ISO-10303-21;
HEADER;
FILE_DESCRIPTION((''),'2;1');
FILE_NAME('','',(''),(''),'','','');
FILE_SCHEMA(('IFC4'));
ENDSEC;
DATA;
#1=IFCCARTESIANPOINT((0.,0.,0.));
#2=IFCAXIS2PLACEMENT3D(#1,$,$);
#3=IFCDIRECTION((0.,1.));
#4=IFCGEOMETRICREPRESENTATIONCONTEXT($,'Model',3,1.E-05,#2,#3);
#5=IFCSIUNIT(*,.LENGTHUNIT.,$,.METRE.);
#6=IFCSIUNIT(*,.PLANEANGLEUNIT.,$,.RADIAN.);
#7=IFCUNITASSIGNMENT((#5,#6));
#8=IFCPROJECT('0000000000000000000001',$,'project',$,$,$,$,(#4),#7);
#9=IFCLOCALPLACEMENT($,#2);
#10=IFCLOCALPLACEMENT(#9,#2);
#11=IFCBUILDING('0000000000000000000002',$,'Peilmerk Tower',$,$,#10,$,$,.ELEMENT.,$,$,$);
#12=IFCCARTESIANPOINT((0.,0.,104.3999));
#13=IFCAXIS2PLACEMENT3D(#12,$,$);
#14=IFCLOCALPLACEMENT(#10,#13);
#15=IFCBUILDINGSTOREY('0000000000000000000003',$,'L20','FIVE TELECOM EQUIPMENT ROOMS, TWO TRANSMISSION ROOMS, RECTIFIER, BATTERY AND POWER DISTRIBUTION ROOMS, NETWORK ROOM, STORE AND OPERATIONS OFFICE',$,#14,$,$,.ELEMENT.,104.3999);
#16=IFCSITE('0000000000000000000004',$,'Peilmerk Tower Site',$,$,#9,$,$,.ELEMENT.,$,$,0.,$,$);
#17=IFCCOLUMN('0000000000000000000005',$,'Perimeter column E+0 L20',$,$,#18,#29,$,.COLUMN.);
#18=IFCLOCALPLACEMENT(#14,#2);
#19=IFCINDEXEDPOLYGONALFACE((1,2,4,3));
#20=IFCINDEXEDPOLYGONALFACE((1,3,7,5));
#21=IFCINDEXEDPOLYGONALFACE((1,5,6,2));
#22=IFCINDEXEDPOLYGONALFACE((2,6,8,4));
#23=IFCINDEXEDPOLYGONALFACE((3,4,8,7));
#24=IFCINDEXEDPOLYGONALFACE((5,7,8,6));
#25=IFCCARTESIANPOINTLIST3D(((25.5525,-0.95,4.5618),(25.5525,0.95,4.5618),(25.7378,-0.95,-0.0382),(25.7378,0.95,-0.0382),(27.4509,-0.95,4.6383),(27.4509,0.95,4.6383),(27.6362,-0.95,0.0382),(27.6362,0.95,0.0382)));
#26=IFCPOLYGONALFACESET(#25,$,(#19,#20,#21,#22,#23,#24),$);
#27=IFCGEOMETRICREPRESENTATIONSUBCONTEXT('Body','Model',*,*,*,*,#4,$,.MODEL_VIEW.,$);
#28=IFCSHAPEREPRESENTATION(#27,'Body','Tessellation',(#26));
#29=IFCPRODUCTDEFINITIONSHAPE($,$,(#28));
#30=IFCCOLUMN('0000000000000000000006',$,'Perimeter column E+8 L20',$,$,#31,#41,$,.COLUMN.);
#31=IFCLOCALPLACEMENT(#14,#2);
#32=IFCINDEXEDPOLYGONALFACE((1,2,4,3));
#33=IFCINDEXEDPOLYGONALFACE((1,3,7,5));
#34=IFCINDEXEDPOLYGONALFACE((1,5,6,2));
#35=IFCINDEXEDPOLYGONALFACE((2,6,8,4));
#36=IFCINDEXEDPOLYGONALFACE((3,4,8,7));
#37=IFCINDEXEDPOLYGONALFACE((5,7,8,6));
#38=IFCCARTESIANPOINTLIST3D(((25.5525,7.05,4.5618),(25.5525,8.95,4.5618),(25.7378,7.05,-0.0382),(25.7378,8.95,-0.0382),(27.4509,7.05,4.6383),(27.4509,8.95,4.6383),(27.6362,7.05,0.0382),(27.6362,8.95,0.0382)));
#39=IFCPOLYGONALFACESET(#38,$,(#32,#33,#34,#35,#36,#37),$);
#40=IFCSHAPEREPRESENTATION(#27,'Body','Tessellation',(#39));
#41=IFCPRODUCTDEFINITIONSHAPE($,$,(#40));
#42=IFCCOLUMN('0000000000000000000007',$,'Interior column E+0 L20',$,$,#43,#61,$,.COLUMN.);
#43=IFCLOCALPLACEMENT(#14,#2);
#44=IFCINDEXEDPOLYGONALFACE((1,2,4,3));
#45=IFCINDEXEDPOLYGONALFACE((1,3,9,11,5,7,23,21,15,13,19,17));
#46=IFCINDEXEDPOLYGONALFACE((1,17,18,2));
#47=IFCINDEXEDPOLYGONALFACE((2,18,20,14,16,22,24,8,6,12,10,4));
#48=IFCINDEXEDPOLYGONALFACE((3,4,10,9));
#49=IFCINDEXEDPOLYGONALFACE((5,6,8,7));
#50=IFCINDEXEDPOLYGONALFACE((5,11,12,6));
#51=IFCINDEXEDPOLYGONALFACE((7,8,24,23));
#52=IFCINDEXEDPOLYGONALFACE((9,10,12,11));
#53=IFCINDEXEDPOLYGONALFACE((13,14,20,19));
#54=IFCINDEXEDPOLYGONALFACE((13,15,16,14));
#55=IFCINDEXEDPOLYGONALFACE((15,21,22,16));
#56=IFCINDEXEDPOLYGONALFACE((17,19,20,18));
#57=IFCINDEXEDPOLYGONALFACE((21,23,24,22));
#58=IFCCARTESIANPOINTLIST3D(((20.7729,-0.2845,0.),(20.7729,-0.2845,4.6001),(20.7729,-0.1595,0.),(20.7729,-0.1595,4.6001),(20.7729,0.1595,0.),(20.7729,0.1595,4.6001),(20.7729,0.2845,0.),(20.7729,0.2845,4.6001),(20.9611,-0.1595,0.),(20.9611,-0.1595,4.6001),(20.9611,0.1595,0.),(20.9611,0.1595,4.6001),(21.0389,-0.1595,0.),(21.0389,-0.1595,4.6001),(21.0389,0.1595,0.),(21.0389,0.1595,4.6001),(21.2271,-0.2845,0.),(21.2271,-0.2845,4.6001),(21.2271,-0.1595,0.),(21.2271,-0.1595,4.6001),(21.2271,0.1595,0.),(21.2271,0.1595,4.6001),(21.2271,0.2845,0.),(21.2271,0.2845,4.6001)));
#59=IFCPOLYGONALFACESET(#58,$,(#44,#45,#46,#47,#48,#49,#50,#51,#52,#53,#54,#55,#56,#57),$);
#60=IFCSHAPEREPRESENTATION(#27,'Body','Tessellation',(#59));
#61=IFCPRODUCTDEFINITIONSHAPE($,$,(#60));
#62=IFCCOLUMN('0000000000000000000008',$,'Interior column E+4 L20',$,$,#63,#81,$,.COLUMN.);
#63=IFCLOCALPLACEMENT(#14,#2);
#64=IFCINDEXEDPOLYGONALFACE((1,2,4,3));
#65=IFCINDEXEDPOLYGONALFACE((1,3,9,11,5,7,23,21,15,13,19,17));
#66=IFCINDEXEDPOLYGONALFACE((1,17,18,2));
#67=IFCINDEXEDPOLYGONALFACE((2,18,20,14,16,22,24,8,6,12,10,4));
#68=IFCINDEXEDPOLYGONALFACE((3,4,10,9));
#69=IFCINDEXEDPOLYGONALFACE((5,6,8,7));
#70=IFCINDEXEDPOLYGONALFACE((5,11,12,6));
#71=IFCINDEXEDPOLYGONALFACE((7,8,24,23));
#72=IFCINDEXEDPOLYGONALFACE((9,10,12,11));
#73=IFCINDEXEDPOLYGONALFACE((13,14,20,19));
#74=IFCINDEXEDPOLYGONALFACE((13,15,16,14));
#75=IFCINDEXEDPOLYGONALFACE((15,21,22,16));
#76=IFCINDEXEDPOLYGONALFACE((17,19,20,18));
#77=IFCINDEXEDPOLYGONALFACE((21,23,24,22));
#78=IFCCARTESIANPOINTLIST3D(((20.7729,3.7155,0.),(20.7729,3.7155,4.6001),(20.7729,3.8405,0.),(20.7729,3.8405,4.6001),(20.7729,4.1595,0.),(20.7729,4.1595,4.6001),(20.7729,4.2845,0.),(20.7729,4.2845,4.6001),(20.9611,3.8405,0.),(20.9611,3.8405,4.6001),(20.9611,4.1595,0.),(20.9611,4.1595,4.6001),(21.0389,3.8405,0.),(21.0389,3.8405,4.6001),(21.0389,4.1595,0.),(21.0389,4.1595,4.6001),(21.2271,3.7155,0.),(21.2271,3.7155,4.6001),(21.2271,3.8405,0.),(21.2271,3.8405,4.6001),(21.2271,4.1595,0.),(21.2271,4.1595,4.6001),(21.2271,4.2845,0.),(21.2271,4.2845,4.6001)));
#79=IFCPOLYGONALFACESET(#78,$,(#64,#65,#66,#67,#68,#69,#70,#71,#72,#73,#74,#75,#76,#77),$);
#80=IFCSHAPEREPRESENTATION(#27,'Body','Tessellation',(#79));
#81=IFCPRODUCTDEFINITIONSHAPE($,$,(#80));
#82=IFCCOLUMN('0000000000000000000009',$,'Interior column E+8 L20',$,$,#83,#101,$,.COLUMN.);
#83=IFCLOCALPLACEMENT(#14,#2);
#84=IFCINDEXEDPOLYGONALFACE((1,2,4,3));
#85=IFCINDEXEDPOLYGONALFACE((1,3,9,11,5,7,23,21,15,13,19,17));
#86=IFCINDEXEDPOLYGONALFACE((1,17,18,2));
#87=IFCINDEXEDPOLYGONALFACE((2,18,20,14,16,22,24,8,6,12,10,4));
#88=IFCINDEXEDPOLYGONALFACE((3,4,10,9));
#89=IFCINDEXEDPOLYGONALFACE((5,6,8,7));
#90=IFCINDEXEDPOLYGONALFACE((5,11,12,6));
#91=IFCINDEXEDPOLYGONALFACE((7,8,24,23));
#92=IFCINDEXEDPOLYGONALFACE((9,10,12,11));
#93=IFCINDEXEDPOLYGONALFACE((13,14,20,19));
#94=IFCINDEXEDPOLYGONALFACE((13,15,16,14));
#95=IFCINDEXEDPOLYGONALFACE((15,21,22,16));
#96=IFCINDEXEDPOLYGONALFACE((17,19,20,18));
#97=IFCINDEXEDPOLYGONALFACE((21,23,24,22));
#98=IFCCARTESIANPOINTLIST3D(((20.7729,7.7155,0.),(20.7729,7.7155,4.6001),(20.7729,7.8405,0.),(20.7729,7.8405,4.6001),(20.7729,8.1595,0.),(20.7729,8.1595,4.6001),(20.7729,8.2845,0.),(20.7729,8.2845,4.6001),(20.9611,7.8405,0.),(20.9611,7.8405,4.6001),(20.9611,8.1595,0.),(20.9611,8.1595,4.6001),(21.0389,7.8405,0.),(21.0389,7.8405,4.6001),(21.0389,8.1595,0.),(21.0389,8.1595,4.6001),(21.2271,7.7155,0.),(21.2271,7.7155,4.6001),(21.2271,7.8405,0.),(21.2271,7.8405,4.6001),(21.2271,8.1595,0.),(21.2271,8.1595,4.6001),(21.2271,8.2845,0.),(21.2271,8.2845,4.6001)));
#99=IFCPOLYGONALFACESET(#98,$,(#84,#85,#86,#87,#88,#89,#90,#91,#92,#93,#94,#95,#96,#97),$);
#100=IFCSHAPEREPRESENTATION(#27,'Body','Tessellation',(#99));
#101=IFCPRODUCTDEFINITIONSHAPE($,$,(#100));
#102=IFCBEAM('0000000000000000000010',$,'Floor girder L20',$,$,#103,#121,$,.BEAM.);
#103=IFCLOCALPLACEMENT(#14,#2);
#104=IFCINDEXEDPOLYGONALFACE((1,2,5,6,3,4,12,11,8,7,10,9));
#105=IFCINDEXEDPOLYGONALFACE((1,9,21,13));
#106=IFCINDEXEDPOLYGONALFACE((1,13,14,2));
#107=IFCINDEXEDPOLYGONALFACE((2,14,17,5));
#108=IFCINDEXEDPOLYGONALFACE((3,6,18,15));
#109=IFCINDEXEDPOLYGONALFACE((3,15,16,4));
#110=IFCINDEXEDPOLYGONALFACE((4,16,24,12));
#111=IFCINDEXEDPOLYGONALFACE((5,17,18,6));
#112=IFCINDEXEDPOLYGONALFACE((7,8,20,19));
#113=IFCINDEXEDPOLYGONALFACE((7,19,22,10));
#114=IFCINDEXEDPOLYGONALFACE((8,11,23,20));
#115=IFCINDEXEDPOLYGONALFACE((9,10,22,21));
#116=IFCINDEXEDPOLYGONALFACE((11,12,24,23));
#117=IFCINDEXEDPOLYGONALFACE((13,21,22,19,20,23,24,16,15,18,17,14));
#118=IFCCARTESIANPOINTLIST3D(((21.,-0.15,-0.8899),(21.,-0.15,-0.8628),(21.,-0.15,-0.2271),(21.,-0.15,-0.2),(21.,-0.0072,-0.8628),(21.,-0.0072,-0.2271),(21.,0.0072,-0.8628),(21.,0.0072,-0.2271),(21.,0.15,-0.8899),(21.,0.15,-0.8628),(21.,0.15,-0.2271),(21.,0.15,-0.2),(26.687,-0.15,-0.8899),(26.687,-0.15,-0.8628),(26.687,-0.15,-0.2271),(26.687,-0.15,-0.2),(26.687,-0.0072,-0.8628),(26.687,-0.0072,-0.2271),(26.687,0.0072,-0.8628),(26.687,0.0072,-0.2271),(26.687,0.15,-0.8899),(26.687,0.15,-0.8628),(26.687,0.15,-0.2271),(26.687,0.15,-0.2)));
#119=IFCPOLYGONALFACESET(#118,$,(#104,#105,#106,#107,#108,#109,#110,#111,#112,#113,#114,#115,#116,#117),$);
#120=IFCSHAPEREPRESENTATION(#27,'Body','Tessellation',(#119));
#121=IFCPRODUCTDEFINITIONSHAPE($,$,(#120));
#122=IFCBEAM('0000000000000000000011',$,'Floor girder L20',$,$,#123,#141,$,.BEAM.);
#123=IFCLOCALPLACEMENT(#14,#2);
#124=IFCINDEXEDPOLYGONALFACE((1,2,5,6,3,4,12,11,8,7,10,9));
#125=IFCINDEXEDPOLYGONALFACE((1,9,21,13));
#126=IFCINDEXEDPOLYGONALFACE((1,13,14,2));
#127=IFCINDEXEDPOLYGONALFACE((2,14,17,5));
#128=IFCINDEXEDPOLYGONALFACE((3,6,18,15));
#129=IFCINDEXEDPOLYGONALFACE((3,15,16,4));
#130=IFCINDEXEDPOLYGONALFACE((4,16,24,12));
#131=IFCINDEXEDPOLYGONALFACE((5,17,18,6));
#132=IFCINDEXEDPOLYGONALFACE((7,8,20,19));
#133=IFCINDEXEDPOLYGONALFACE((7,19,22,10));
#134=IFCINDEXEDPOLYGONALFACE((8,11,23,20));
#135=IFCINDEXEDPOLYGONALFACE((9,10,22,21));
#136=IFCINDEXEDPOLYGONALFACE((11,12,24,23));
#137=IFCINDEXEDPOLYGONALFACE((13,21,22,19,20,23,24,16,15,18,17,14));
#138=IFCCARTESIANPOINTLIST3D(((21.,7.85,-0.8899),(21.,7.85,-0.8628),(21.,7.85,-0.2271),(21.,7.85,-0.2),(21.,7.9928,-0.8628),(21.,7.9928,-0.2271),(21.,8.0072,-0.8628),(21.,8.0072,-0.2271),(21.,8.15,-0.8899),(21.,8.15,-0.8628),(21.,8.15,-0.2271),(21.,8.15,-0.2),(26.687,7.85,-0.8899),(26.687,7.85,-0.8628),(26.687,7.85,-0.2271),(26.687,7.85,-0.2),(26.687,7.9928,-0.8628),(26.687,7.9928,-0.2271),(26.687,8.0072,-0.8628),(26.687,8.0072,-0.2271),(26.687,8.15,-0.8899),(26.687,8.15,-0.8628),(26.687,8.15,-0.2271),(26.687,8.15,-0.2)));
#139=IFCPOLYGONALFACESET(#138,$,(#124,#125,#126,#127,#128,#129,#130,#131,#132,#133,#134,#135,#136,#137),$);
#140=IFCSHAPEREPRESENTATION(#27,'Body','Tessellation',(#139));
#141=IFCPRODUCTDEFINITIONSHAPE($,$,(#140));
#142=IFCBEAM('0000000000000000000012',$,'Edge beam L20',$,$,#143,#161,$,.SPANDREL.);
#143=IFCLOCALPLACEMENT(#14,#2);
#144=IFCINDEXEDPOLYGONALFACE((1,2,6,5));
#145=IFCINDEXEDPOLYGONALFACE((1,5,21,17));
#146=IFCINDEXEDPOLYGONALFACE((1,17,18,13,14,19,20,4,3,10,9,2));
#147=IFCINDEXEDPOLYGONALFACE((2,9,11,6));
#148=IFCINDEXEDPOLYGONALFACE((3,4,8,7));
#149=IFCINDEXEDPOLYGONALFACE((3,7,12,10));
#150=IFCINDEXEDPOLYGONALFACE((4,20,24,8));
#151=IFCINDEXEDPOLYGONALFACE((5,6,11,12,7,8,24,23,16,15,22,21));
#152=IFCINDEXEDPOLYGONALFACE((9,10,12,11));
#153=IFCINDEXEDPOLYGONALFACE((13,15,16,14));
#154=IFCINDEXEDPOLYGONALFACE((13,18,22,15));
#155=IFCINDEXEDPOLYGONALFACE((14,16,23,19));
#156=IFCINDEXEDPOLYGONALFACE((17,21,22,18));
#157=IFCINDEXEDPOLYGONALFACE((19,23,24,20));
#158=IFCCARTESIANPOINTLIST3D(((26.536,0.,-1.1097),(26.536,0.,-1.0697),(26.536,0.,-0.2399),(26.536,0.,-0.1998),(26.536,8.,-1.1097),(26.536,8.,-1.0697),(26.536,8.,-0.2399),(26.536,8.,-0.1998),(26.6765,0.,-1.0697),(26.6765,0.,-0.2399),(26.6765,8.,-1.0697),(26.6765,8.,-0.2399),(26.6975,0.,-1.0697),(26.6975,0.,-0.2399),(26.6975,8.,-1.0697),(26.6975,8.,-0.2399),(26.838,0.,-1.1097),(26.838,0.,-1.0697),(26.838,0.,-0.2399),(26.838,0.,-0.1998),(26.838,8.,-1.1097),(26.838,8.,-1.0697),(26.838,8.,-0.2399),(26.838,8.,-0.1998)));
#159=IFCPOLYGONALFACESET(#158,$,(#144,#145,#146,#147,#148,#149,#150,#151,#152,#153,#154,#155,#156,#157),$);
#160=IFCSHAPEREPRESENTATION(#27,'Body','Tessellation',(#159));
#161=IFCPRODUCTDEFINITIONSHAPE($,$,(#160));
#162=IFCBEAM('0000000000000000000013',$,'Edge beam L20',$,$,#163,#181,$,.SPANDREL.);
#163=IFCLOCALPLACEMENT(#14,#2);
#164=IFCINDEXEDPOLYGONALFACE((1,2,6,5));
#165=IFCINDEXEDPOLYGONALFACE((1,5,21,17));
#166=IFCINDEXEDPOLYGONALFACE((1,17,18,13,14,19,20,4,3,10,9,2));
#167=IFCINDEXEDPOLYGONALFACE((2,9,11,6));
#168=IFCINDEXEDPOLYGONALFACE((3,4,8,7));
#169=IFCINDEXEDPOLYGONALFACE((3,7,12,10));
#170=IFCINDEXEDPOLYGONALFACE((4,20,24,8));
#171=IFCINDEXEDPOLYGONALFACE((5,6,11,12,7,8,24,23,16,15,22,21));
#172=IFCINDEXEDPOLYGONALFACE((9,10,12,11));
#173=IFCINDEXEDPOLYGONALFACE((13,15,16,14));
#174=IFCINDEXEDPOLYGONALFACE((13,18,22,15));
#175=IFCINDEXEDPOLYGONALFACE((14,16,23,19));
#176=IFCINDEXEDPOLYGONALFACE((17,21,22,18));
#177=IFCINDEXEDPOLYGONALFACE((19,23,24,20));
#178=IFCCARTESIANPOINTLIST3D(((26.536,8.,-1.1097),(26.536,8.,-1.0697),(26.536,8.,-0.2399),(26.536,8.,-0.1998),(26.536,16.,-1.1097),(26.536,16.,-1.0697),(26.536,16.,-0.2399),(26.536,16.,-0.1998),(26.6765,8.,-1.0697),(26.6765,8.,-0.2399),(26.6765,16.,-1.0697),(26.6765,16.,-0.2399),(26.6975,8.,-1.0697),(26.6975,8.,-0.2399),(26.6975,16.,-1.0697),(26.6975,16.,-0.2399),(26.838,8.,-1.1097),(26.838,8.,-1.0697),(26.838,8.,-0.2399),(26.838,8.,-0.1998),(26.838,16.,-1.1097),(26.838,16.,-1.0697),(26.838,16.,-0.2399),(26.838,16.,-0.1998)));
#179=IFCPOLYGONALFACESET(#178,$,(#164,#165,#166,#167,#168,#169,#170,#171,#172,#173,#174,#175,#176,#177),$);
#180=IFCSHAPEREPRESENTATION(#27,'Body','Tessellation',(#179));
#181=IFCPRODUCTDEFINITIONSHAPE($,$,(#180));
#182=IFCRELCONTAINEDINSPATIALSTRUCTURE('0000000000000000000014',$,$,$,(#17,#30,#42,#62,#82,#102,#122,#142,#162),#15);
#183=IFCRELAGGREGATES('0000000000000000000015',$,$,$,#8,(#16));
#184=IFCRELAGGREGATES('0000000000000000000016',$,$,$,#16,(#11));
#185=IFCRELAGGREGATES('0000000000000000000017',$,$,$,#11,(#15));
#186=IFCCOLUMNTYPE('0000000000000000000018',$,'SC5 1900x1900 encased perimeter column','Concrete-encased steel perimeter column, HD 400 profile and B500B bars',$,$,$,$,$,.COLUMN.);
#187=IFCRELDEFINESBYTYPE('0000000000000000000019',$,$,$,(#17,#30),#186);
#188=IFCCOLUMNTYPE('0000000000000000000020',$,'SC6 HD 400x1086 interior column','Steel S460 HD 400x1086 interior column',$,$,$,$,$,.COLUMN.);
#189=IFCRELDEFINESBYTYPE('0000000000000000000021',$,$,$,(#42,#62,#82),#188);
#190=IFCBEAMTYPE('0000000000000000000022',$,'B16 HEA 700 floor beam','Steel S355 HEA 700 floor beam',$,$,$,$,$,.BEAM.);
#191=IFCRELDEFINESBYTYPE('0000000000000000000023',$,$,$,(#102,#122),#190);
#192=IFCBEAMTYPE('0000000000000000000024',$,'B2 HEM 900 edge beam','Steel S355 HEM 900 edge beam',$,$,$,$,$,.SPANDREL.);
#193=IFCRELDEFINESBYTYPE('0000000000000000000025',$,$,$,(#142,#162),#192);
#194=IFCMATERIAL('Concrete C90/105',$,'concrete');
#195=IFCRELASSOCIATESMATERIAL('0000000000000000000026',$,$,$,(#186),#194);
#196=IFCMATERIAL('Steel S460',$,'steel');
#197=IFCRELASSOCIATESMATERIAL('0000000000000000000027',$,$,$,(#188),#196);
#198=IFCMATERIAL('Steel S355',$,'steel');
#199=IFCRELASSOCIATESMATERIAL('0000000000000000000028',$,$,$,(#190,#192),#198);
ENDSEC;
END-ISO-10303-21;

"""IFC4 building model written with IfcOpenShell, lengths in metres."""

from ifc_helpers import new_model, si_unit, direction, frame, origin, origin_2d, place, context, subcontext, project, spatial, rectangle, i_section, extrude, material, material_profile, profile_set, type_object, element, save


model = new_model("IFC4")

# Units and contexts
model_context = context("Model", 3, precision=1e-05, world=origin(), true_north=direction((0.0, 1.0)))
body_context = subcontext(model_context, "Body", "Model", "MODEL_VIEW")
ifc_project = project(units=[si_unit("LENGTHUNIT", "METRE"), si_unit("PLANEANGLEUNIT", "RADIAN")], contexts=[model_context])

# Site, building, storey
site_placement = place(None, origin())
site = spatial("IfcSite", under=ifc_project, at=site_placement, Name="Peilmerk Tower Site", CompositionType="ELEMENT", RefElevation=0.0)
building_placement = place(site_placement, origin())
building = spatial("IfcBuilding", under=site, at=building_placement, Name="Peilmerk Tower", CompositionType="ELEMENT")
storey_placement = place(building_placement, frame((0.0, 0.0, 104.3999)))
storey = spatial("IfcBuildingStorey", under=building, at=storey_placement, Name="L20", Description="FIVE TELECOM EQUIPMENT ROOMS, TWO TRANSMISSION ROOMS, RECTIFIER, BATTERY AND POWER DISTRIBUTION ROOMS, NETWORK ROOM, STORE AND OPERATIONS OFFICE", CompositionType="ELEMENT", Elevation=104.3999)

# Columns
ifc_material_1 = material(Name="Concrete C90/105", Category="concrete")
ifc_material_profile_1 = material_profile(ifc_material_1, rectangle(XDim=1.8999, YDim=1.8999, at=origin_2d()), Name="RC 1900x1900")
ifc_profile_set_1 = profile_set([ifc_material_profile_1], Name="Concrete C90/105")
column_type_1 = type_object("IfcColumnType", Name="SC5 1900x1900 encased perimeter column", Description="Concrete-encased steel perimeter column, HD 400 profile and B500B bars", PredefinedType="COLUMN", material=ifc_profile_set_1)
for number, where, z_axis, x_axis, name in (
    (1, (26.687, 0.0, 0.0), (-0.04025, 0.0, 0.99919), (0.0, -1.0, 0.0), "Perimeter column E+0 L20"),
    (2, (26.687, 8.0, 0.0), (-0.04025, 0.0, 0.99919), (0.0, -1.0, 0.0), "Perimeter column E+8 L20"),
):
    element("IfcColumn", number, at=place(storey_placement, frame(where, z_axis=z_axis, x_axis=x_axis)), inside=storey, type_object=column_type_1, Name=name, PredefinedType="COLUMN", context=body_context, shape_type="SweptSolid", body=[
        extrude(rectangle(XDim=1.8999, YDim=1.8999, at=origin_2d()), origin(), (0.0, 0.0, 1.0), 4.6038),
    ])
ifc_material_2 = material(Name="Steel S460", Category="steel")
ifc_material_profile_2 = material_profile(ifc_material_2, i_section(OverallWidth=0.4541, OverallDepth=0.5691, WebThickness=0.0779, FlangeThickness=0.125, at=origin_2d()), Name="HD 400x1086")
ifc_profile_set_2 = profile_set([ifc_material_profile_2], Name="Steel S460")
column_type_2 = type_object("IfcColumnType", Name="SC6 HD 400x1086 interior column", Description="Steel S460 HD 400x1086 interior column", PredefinedType="COLUMN", material=ifc_profile_set_2)
for number, where, z_axis, x_axis, name in (
    (3, (21.0, 0.0, 0.0), (0.0, 0.0, 1.0), (1.0, 0.0, 0.0), "Interior column E+0 L20"),
    (4, (21.0, 4.0, 0.0), (0.0, 0.0, 1.0), (1.0, 0.0, 0.0), "Interior column E+4 L20"),
    (5, (21.0, 8.0, 0.0), (0.0, 0.0, 1.0), (1.0, 0.0, 0.0), "Interior column E+8 L20"),
):
    element("IfcColumn", number, at=place(storey_placement, frame(where, z_axis=z_axis, x_axis=x_axis)), inside=storey, type_object=column_type_2, Name=name, PredefinedType="COLUMN", context=body_context, shape_type="SweptSolid", body=[
        extrude(i_section(OverallWidth=0.4541, OverallDepth=0.5691, WebThickness=0.0779, FlangeThickness=0.125, at=origin_2d()), origin(), (0.0, 0.0, 1.0), 4.6001),
    ])

# Beams
ifc_material_3 = material(Name="Steel S355", Category="steel")
ifc_material_profile_3 = material_profile(ifc_material_3, i_section(OverallWidth=0.3, OverallDepth=0.6899, WebThickness=0.0144, FlangeThickness=0.0271, at=origin_2d()), Name="HEA 700")
ifc_profile_set_3 = profile_set([ifc_material_profile_3], Name="Steel S355")
beam_type_1 = type_object("IfcBeamType", Name="B16 HEA 700 floor beam", Description="Steel S355 HEA 700 floor beam", PredefinedType="BEAM", material=ifc_profile_set_3)
for number, where, z_axis, x_axis, name in (
    (6, (21.0, 0.0, -0.5449), (1.0, 0.0, 0.0), (0.0, 1.0, 0.0), "Floor girder L20"),
    (7, (21.0, 8.0, -0.5449), (1.0, 0.0, 0.0), (0.0, 1.0, 0.0), "Floor girder L20"),
):
    element("IfcBeam", number, at=place(storey_placement, frame(where, z_axis=z_axis, x_axis=x_axis)), inside=storey, type_object=beam_type_1, Name=name, PredefinedType="BEAM", context=body_context, shape_type="SweptSolid", body=[
        extrude(i_section(OverallWidth=0.3, OverallDepth=0.6899, WebThickness=0.0144, FlangeThickness=0.0271, at=origin_2d()), origin(), (0.0, 0.0, 1.0), 5.687),
    ])
ifc_material_profile_4 = material_profile(ifc_material_3, i_section(OverallWidth=0.302, OverallDepth=0.9099, WebThickness=0.021, FlangeThickness=0.04, at=origin_2d()), Name="HEM 900")
ifc_profile_set_4 = profile_set([ifc_material_profile_4], Name="Steel S355")
beam_type_2 = type_object("IfcBeamType", Name="B2 HEM 900 edge beam", Description="Steel S355 HEM 900 edge beam", PredefinedType="SPANDREL", material=ifc_profile_set_4)
for number, where, z_axis, x_axis, name in (
    (8, (26.687, 0.0, -0.6548), (0.0, 1.0, 0.0), (-1.0, 0.0, 0.0), "Edge beam L20"),
    (9, (26.687, 8.0, -0.6548), (0.0, 1.0, 0.0), (-1.0, 0.0, 0.0), "Edge beam L20"),
):
    element("IfcBeam", number, at=place(storey_placement, frame(where, z_axis=z_axis, x_axis=x_axis)), inside=storey, type_object=beam_type_2, Name=name, PredefinedType="SPANDREL", context=body_context, shape_type="SweptSolid", body=[
        extrude(i_section(OverallWidth=0.302, OverallDepth=0.9099, WebThickness=0.021, FlangeThickness=0.04, at=origin_2d()), origin(), (0.0, 0.0, 1.0), 8.0),
    ])

save(model, "model.ifc")
